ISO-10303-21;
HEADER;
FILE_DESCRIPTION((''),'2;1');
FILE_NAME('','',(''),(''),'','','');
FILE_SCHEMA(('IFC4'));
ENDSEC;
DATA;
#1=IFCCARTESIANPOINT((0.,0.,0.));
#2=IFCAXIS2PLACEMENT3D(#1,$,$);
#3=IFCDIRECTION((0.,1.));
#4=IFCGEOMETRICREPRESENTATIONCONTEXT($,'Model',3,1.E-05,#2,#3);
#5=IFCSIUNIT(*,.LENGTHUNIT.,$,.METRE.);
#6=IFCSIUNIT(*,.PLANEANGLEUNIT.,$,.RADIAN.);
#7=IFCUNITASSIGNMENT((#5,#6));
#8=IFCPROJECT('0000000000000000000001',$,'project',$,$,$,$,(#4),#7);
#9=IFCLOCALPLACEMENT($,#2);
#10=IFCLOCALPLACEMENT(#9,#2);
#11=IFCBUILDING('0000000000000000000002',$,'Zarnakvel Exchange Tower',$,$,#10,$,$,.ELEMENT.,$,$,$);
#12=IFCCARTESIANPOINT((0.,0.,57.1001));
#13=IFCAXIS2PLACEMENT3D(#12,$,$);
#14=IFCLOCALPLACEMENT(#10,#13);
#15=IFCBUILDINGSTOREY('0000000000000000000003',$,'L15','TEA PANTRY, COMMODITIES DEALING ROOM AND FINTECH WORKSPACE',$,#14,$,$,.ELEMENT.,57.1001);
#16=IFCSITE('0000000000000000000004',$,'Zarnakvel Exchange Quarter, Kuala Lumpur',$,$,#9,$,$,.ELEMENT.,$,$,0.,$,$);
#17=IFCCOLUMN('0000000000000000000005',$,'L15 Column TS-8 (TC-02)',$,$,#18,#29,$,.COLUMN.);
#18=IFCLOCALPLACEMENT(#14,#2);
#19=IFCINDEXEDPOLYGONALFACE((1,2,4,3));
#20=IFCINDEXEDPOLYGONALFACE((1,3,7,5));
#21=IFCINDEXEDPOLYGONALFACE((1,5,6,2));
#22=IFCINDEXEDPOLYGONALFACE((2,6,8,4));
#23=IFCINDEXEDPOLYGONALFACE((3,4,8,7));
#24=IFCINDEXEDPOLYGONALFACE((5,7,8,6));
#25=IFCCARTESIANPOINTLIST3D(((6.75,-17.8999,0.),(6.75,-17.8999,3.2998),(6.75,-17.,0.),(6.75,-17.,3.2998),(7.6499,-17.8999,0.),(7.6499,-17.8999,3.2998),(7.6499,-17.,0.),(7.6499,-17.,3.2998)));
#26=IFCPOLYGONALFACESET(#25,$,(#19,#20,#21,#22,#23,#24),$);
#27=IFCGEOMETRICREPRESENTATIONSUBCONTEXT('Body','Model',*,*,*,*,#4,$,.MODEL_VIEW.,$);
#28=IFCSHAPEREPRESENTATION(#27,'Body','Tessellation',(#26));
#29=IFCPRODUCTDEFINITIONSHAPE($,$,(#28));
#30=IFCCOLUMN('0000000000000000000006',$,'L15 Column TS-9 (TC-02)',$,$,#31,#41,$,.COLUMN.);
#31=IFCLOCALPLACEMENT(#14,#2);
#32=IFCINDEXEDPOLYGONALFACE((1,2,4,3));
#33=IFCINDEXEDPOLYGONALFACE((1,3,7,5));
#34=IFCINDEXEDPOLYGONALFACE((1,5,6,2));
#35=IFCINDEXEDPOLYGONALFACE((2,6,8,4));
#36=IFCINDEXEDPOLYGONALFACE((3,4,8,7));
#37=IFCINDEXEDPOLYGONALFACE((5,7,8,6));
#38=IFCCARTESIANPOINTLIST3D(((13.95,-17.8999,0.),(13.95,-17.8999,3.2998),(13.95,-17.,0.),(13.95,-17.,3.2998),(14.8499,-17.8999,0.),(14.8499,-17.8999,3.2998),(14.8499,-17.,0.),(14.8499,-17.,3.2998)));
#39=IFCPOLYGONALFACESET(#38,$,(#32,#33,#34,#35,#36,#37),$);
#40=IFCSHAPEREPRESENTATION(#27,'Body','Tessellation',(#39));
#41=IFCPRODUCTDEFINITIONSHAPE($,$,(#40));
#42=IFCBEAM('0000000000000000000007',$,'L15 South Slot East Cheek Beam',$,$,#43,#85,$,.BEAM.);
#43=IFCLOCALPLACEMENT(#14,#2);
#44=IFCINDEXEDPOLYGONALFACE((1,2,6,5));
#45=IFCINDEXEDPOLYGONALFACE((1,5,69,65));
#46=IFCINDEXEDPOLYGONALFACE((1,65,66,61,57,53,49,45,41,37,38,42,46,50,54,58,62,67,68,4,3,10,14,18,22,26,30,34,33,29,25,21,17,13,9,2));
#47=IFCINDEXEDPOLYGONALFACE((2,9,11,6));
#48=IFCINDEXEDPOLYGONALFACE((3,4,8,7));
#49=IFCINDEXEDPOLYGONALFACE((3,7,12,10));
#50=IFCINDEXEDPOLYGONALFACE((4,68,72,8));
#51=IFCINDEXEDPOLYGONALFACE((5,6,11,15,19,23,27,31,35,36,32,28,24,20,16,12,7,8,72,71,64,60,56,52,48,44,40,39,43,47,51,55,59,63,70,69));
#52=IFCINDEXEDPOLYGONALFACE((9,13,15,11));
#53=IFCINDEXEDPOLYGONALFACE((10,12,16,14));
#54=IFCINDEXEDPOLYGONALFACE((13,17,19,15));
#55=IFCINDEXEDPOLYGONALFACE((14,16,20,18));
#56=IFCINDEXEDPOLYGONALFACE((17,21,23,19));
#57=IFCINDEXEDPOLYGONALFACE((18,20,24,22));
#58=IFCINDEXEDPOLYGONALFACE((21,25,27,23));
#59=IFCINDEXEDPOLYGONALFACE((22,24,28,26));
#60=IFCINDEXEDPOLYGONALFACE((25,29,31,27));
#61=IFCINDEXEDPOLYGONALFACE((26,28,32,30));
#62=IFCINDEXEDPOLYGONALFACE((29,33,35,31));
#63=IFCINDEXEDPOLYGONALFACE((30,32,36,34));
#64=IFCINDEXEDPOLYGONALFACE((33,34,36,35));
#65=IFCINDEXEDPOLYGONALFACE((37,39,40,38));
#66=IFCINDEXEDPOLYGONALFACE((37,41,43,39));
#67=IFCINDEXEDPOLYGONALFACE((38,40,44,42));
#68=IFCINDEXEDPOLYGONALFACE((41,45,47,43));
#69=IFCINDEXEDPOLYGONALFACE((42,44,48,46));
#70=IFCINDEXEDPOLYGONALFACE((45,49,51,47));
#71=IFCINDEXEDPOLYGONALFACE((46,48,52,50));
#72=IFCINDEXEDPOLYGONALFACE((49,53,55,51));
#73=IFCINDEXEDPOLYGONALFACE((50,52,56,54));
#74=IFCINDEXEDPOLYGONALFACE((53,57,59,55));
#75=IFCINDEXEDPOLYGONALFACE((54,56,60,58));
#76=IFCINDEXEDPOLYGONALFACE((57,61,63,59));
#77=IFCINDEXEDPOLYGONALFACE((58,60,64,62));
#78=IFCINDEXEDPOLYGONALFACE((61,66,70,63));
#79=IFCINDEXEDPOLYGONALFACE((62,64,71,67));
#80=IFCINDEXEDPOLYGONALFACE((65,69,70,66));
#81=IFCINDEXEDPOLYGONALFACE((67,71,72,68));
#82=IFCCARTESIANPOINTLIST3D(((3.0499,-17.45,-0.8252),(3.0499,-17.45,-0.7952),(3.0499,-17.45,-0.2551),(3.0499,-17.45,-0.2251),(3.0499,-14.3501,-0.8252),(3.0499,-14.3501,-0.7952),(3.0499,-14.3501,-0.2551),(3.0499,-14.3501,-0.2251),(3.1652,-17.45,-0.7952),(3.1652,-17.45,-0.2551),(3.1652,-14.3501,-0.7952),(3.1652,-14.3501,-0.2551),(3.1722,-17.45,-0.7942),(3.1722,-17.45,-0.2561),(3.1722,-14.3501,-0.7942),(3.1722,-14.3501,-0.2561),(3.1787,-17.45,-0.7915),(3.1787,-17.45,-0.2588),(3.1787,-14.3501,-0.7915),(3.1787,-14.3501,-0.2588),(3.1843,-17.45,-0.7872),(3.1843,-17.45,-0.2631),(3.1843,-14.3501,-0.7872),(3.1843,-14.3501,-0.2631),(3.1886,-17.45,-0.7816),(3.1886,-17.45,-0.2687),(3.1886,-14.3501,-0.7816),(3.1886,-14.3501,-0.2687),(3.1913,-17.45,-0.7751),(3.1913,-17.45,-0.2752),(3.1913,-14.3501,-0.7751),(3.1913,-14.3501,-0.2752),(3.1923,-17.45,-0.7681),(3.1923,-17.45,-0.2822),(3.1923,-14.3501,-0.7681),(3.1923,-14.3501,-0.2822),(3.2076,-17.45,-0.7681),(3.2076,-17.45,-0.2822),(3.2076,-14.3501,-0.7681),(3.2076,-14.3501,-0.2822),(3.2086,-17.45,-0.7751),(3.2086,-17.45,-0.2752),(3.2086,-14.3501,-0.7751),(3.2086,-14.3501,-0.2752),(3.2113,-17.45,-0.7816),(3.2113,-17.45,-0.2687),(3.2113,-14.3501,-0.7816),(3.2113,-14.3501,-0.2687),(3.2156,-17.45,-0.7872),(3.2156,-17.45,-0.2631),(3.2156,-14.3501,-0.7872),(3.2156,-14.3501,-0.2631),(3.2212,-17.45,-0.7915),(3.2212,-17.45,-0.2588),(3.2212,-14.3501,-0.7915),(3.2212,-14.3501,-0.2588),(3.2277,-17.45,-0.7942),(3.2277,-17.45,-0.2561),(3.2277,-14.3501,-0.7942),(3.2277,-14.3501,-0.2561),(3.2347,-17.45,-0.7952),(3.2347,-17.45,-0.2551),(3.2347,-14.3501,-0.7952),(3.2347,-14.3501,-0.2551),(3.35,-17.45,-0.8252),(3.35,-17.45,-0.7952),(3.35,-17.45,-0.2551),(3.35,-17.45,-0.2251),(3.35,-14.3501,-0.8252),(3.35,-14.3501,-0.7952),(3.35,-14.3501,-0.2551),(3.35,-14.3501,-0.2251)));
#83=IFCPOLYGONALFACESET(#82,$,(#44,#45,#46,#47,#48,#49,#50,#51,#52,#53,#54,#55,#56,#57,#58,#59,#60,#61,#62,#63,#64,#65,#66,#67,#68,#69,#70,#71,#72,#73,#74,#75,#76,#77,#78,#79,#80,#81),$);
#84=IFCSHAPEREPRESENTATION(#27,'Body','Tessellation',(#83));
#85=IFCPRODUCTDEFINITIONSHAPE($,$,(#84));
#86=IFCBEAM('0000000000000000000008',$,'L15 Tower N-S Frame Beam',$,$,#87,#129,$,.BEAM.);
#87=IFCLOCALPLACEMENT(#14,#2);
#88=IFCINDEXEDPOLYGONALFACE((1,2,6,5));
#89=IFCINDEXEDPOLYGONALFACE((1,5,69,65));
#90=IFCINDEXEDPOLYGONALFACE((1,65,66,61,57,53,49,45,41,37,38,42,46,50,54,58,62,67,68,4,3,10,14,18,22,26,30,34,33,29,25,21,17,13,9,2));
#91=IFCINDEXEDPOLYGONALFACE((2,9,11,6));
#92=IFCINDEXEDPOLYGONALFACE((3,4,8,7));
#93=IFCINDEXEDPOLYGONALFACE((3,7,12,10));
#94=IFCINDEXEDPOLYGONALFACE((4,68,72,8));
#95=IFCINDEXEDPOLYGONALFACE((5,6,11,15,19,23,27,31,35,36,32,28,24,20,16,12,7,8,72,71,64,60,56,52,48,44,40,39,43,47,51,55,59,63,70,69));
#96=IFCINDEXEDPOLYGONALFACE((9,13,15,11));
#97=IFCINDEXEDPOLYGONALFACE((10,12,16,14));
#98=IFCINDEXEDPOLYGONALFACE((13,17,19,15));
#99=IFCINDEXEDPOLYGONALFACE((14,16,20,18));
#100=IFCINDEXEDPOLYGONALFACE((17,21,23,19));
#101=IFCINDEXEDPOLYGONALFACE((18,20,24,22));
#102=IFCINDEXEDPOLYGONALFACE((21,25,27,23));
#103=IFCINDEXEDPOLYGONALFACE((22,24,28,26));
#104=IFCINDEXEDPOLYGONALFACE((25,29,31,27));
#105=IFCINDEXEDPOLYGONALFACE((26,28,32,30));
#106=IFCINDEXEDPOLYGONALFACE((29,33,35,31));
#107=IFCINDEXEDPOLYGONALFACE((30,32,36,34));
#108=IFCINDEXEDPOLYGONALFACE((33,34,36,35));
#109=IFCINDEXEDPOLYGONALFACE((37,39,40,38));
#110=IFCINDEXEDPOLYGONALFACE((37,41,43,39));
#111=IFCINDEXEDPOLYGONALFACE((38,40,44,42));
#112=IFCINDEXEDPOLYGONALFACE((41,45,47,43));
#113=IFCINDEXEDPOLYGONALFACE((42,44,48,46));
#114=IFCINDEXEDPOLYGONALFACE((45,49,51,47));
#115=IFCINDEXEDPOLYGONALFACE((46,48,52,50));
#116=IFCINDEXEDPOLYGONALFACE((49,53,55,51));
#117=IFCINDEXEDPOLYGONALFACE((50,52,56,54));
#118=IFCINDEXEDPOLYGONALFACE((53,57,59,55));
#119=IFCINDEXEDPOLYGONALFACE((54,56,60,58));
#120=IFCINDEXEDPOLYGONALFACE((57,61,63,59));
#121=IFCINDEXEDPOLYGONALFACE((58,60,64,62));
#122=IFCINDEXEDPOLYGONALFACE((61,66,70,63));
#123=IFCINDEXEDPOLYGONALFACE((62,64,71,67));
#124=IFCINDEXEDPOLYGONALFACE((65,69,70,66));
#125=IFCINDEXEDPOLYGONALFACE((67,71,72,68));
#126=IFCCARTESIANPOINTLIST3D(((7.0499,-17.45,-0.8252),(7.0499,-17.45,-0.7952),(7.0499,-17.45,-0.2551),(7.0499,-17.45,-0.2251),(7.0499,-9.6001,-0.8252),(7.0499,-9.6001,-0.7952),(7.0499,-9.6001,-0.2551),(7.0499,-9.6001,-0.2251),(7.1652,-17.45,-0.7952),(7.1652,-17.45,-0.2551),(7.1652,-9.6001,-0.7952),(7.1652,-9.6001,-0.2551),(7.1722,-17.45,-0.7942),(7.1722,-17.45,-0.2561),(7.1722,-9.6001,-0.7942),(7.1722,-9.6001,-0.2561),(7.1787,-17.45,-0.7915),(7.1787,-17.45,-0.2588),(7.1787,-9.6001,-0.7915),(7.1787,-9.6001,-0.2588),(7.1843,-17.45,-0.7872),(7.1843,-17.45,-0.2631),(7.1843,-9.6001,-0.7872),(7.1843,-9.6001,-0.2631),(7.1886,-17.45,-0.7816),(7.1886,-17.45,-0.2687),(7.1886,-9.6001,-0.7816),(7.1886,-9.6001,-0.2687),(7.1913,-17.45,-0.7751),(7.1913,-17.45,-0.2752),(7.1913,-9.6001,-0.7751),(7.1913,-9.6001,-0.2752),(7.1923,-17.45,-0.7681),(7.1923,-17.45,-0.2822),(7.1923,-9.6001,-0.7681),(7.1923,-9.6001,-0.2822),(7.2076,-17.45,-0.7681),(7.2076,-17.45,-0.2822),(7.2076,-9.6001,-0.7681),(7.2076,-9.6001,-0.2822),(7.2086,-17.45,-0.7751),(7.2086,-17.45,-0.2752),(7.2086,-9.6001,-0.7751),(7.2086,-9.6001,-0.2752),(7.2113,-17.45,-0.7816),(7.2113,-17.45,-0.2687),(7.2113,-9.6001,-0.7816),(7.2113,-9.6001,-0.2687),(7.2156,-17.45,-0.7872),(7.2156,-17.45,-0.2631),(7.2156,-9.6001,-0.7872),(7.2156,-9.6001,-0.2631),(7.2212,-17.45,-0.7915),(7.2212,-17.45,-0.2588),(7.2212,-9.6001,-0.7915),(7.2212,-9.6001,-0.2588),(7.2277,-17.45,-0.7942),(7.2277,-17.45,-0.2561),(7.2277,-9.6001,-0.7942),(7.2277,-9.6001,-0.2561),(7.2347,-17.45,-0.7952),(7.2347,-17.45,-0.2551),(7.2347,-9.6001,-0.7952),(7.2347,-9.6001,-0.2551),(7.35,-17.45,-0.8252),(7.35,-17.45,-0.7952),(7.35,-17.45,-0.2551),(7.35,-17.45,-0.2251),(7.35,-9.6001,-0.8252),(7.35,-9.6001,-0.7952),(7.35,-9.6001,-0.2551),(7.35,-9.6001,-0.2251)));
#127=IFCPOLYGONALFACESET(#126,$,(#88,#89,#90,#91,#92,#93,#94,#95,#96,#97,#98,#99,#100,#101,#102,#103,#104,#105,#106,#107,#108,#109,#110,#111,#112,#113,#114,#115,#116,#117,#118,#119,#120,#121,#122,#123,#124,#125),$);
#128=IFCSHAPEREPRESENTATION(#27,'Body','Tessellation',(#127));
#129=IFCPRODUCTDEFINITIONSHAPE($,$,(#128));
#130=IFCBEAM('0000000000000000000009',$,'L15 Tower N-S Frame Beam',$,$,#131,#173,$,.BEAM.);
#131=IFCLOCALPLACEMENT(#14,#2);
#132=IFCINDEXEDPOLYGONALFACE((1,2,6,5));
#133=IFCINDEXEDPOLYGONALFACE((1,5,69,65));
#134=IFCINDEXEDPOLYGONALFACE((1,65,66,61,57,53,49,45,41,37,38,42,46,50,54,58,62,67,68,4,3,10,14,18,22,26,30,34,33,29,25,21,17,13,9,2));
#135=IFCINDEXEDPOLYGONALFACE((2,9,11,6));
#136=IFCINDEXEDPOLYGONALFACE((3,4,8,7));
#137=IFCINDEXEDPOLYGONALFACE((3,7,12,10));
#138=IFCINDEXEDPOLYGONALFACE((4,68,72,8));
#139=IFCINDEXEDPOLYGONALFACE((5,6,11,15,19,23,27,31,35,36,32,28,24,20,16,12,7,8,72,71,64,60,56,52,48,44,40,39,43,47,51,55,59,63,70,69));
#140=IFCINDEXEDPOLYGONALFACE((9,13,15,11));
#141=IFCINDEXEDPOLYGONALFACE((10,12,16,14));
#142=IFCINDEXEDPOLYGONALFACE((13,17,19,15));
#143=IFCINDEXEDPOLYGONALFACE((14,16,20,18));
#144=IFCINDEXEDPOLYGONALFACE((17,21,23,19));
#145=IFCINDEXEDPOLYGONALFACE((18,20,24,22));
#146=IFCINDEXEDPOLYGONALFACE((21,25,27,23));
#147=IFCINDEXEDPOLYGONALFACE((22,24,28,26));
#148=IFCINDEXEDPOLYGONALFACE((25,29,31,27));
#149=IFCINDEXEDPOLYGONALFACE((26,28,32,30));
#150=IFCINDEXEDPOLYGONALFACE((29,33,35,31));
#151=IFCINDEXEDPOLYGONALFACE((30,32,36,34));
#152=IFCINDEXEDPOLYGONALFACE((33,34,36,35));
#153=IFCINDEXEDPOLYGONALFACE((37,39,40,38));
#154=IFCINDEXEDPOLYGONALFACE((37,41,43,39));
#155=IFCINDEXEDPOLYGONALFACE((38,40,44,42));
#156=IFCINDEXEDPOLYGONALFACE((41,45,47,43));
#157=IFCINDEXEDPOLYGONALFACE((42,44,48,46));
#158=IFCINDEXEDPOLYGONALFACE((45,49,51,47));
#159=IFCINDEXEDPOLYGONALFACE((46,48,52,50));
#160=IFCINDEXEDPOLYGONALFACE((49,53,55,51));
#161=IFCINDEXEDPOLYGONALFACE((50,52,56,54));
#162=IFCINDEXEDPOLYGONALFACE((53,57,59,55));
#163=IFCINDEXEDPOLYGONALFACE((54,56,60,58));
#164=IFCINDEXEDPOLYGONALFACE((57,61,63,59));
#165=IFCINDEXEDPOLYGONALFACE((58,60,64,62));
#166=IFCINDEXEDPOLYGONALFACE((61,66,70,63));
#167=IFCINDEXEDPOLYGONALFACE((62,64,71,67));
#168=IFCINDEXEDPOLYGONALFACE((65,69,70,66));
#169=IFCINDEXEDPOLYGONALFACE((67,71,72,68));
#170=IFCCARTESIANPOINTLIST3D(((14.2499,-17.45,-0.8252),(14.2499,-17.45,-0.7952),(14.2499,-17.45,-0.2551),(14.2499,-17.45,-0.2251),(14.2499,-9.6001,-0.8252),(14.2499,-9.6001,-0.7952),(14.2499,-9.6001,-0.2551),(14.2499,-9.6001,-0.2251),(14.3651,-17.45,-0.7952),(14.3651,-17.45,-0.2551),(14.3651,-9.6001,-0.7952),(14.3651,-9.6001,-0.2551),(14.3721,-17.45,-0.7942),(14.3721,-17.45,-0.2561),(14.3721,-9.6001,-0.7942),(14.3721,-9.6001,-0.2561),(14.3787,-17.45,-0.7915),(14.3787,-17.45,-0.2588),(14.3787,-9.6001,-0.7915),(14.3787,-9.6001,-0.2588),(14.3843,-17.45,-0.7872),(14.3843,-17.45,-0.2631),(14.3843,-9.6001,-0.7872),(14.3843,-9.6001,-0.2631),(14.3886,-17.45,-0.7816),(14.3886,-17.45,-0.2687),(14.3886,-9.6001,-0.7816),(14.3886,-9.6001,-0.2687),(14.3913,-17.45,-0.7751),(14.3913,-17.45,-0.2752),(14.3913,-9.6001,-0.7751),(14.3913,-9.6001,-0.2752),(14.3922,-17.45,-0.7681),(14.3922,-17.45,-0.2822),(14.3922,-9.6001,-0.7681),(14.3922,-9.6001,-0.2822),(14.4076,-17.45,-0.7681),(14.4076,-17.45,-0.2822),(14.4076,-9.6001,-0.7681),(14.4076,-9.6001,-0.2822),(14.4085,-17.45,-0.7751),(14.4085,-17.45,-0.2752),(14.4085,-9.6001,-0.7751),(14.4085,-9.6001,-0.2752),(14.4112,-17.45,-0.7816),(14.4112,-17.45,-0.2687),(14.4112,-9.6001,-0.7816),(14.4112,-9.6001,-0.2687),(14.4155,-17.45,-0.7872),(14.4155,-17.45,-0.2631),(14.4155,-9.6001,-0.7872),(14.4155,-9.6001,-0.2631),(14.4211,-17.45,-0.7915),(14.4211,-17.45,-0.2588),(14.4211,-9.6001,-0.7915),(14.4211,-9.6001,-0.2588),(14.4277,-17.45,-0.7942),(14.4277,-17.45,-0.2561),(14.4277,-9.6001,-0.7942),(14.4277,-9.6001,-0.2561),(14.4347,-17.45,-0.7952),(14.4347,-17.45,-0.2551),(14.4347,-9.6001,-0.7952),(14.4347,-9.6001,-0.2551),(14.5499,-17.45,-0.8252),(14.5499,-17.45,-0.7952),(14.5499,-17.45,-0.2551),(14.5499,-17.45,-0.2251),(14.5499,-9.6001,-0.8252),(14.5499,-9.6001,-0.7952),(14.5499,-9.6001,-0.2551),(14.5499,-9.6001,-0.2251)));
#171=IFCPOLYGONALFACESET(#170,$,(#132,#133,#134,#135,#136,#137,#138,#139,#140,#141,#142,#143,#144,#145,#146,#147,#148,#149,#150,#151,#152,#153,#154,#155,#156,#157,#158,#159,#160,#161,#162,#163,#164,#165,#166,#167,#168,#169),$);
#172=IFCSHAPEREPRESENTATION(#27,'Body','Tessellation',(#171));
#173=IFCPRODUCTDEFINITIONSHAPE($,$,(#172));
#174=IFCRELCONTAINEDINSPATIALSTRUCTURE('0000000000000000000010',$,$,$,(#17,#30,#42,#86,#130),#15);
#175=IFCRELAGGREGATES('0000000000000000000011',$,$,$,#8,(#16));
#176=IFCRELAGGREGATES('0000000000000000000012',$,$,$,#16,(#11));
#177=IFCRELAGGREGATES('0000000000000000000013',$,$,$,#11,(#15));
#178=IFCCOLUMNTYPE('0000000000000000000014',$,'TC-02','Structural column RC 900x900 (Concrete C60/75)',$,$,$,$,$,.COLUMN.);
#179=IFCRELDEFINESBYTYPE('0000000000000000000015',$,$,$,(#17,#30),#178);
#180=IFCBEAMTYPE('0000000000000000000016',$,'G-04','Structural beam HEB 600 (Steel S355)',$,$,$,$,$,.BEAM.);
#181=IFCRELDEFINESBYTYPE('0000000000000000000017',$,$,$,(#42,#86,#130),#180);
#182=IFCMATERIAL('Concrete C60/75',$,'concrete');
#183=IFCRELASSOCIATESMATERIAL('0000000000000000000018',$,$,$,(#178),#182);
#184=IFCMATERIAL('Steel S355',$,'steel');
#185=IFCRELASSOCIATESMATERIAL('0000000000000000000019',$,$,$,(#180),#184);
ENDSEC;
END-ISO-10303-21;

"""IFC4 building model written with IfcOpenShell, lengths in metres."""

from ifc_helpers import new_model, si_unit, direction, frame, origin, origin_2d, place, context, subcontext, project, spatial, rectangle, i_section, extrude, material, material_profile, profile_set, type_object, element, save


model = new_model("IFC4")

# Units and contexts
model_context = context("Model", 3, precision=1e-05, world=origin(), true_north=direction((0.0, 1.0)))
body_context = subcontext(model_context, "Body", "Model", "MODEL_VIEW")
ifc_project = project(units=[si_unit("LENGTHUNIT", "METRE"), si_unit("PLANEANGLEUNIT", "RADIAN")], contexts=[model_context])

# Site, building, storey
site_placement = place(None, origin())
site = spatial("IfcSite", under=ifc_project, at=site_placement, Name="Zarnakvel Exchange Quarter, Kuala Lumpur", CompositionType="ELEMENT", RefElevation=0.0)
building_placement = place(site_placement, origin())
building = spatial("IfcBuilding", under=site, at=building_placement, Name="Zarnakvel Exchange Tower", CompositionType="ELEMENT")
storey_placement = place(building_placement, frame((0.0, 0.0, 57.1001)))
storey = spatial("IfcBuildingStorey", under=building, at=storey_placement, Name="L15", Description="TEA PANTRY, COMMODITIES DEALING ROOM AND FINTECH WORKSPACE", CompositionType="ELEMENT", Elevation=57.1001)

# Columns
ifc_material_1 = material(Name="Concrete C60/75", Category="concrete")
ifc_material_profile_1 = material_profile(ifc_material_1, rectangle(XDim=0.8999, YDim=0.8999, at=origin_2d()))
ifc_profile_set_1 = profile_set([ifc_material_profile_1], Name="Concrete C60/75")
column_type = type_object("IfcColumnType", Name="TC-02", Description="Structural column RC 900x900 (Concrete C60/75)", PredefinedType="COLUMN", material=ifc_profile_set_1)
for number, where, z_axis, x_axis, name in (
    (1, (7.2, -17.45, 0.0), (0.0, 0.0, 1.0), (1.0, 0.0, 0.0), "L15 Column TS-8 (TC-02)"),
    (2, (14.3999, -17.45, 0.0), (0.0, 0.0, 1.0), (1.0, 0.0, 0.0), "L15 Column TS-9 (TC-02)"),
):
    element("IfcColumn", number, at=place(storey_placement, frame(where, z_axis=z_axis, x_axis=x_axis)), inside=storey, type_object=column_type, Name=name, PredefinedType="COLUMN", context=body_context, shape_type="SweptSolid", body=[
        extrude(rectangle(XDim=0.8999, YDim=0.8999, at=origin_2d()), origin(), (0.0, 0.0, 1.0), 3.2998),
    ])

# Beams
ifc_material_2 = material(Name="Steel S355", Category="steel")
ifc_material_profile_2 = material_profile(ifc_material_2, i_section(OverallWidth=0.3, OverallDepth=0.6001, WebThickness=0.0154, FlangeThickness=0.03, FilletRadius=0.0271, at=origin_2d()))
ifc_profile_set_2 = profile_set([ifc_material_profile_2], Name="Steel S355")
beam_type_1 = type_object("IfcBeamType", Name="G-04", Description="Structural beam HEB 600 (Steel S355)", PredefinedType="BEAM", material=ifc_profile_set_2)
beam_1_placement = place(storey_placement, frame((3.2, -17.45, -0.5251), z_axis=(0.0, 1.0, 0.0), x_axis=(-1.0, 0.0, 0.0)))
element("IfcBeam", 3, at=beam_1_placement, inside=storey, type_object=beam_type_1, Name="L15 South Slot East Cheek Beam", PredefinedType="BEAM", context=body_context, shape_type="SweptSolid", body=[
    extrude(i_section(OverallWidth=0.3, OverallDepth=0.6001, WebThickness=0.0154, FlangeThickness=0.03, FilletRadius=0.0271, at=origin_2d()), origin(), (0.0, 0.0, 1.0), 3.0999),
])
for number, where, z_axis, x_axis, name in (
    (4, (7.2, -17.45, -0.5251), (0.0, 1.0, 0.0), (-1.0, 0.0, 0.0), "L15 Tower N-S Frame Beam"),
    (5, (14.3999, -17.45, -0.5251), (0.0, 1.0, 0.0), (-1.0, 0.0, 0.0), "L15 Tower N-S Frame Beam"),
):
    element("IfcBeam", number, at=place(storey_placement, frame(where, z_axis=z_axis, x_axis=x_axis)), inside=storey, type_object=beam_type_1, Name=name, PredefinedType="BEAM", context=body_context, shape_type="SweptSolid", body=[
        extrude(i_section(OverallWidth=0.3, OverallDepth=0.6001, WebThickness=0.0154, FlangeThickness=0.03, FilletRadius=0.0271, at=origin_2d()), origin(), (0.0, 0.0, 1.0), 7.8499),
    ])

save(model, "model.ifc")
